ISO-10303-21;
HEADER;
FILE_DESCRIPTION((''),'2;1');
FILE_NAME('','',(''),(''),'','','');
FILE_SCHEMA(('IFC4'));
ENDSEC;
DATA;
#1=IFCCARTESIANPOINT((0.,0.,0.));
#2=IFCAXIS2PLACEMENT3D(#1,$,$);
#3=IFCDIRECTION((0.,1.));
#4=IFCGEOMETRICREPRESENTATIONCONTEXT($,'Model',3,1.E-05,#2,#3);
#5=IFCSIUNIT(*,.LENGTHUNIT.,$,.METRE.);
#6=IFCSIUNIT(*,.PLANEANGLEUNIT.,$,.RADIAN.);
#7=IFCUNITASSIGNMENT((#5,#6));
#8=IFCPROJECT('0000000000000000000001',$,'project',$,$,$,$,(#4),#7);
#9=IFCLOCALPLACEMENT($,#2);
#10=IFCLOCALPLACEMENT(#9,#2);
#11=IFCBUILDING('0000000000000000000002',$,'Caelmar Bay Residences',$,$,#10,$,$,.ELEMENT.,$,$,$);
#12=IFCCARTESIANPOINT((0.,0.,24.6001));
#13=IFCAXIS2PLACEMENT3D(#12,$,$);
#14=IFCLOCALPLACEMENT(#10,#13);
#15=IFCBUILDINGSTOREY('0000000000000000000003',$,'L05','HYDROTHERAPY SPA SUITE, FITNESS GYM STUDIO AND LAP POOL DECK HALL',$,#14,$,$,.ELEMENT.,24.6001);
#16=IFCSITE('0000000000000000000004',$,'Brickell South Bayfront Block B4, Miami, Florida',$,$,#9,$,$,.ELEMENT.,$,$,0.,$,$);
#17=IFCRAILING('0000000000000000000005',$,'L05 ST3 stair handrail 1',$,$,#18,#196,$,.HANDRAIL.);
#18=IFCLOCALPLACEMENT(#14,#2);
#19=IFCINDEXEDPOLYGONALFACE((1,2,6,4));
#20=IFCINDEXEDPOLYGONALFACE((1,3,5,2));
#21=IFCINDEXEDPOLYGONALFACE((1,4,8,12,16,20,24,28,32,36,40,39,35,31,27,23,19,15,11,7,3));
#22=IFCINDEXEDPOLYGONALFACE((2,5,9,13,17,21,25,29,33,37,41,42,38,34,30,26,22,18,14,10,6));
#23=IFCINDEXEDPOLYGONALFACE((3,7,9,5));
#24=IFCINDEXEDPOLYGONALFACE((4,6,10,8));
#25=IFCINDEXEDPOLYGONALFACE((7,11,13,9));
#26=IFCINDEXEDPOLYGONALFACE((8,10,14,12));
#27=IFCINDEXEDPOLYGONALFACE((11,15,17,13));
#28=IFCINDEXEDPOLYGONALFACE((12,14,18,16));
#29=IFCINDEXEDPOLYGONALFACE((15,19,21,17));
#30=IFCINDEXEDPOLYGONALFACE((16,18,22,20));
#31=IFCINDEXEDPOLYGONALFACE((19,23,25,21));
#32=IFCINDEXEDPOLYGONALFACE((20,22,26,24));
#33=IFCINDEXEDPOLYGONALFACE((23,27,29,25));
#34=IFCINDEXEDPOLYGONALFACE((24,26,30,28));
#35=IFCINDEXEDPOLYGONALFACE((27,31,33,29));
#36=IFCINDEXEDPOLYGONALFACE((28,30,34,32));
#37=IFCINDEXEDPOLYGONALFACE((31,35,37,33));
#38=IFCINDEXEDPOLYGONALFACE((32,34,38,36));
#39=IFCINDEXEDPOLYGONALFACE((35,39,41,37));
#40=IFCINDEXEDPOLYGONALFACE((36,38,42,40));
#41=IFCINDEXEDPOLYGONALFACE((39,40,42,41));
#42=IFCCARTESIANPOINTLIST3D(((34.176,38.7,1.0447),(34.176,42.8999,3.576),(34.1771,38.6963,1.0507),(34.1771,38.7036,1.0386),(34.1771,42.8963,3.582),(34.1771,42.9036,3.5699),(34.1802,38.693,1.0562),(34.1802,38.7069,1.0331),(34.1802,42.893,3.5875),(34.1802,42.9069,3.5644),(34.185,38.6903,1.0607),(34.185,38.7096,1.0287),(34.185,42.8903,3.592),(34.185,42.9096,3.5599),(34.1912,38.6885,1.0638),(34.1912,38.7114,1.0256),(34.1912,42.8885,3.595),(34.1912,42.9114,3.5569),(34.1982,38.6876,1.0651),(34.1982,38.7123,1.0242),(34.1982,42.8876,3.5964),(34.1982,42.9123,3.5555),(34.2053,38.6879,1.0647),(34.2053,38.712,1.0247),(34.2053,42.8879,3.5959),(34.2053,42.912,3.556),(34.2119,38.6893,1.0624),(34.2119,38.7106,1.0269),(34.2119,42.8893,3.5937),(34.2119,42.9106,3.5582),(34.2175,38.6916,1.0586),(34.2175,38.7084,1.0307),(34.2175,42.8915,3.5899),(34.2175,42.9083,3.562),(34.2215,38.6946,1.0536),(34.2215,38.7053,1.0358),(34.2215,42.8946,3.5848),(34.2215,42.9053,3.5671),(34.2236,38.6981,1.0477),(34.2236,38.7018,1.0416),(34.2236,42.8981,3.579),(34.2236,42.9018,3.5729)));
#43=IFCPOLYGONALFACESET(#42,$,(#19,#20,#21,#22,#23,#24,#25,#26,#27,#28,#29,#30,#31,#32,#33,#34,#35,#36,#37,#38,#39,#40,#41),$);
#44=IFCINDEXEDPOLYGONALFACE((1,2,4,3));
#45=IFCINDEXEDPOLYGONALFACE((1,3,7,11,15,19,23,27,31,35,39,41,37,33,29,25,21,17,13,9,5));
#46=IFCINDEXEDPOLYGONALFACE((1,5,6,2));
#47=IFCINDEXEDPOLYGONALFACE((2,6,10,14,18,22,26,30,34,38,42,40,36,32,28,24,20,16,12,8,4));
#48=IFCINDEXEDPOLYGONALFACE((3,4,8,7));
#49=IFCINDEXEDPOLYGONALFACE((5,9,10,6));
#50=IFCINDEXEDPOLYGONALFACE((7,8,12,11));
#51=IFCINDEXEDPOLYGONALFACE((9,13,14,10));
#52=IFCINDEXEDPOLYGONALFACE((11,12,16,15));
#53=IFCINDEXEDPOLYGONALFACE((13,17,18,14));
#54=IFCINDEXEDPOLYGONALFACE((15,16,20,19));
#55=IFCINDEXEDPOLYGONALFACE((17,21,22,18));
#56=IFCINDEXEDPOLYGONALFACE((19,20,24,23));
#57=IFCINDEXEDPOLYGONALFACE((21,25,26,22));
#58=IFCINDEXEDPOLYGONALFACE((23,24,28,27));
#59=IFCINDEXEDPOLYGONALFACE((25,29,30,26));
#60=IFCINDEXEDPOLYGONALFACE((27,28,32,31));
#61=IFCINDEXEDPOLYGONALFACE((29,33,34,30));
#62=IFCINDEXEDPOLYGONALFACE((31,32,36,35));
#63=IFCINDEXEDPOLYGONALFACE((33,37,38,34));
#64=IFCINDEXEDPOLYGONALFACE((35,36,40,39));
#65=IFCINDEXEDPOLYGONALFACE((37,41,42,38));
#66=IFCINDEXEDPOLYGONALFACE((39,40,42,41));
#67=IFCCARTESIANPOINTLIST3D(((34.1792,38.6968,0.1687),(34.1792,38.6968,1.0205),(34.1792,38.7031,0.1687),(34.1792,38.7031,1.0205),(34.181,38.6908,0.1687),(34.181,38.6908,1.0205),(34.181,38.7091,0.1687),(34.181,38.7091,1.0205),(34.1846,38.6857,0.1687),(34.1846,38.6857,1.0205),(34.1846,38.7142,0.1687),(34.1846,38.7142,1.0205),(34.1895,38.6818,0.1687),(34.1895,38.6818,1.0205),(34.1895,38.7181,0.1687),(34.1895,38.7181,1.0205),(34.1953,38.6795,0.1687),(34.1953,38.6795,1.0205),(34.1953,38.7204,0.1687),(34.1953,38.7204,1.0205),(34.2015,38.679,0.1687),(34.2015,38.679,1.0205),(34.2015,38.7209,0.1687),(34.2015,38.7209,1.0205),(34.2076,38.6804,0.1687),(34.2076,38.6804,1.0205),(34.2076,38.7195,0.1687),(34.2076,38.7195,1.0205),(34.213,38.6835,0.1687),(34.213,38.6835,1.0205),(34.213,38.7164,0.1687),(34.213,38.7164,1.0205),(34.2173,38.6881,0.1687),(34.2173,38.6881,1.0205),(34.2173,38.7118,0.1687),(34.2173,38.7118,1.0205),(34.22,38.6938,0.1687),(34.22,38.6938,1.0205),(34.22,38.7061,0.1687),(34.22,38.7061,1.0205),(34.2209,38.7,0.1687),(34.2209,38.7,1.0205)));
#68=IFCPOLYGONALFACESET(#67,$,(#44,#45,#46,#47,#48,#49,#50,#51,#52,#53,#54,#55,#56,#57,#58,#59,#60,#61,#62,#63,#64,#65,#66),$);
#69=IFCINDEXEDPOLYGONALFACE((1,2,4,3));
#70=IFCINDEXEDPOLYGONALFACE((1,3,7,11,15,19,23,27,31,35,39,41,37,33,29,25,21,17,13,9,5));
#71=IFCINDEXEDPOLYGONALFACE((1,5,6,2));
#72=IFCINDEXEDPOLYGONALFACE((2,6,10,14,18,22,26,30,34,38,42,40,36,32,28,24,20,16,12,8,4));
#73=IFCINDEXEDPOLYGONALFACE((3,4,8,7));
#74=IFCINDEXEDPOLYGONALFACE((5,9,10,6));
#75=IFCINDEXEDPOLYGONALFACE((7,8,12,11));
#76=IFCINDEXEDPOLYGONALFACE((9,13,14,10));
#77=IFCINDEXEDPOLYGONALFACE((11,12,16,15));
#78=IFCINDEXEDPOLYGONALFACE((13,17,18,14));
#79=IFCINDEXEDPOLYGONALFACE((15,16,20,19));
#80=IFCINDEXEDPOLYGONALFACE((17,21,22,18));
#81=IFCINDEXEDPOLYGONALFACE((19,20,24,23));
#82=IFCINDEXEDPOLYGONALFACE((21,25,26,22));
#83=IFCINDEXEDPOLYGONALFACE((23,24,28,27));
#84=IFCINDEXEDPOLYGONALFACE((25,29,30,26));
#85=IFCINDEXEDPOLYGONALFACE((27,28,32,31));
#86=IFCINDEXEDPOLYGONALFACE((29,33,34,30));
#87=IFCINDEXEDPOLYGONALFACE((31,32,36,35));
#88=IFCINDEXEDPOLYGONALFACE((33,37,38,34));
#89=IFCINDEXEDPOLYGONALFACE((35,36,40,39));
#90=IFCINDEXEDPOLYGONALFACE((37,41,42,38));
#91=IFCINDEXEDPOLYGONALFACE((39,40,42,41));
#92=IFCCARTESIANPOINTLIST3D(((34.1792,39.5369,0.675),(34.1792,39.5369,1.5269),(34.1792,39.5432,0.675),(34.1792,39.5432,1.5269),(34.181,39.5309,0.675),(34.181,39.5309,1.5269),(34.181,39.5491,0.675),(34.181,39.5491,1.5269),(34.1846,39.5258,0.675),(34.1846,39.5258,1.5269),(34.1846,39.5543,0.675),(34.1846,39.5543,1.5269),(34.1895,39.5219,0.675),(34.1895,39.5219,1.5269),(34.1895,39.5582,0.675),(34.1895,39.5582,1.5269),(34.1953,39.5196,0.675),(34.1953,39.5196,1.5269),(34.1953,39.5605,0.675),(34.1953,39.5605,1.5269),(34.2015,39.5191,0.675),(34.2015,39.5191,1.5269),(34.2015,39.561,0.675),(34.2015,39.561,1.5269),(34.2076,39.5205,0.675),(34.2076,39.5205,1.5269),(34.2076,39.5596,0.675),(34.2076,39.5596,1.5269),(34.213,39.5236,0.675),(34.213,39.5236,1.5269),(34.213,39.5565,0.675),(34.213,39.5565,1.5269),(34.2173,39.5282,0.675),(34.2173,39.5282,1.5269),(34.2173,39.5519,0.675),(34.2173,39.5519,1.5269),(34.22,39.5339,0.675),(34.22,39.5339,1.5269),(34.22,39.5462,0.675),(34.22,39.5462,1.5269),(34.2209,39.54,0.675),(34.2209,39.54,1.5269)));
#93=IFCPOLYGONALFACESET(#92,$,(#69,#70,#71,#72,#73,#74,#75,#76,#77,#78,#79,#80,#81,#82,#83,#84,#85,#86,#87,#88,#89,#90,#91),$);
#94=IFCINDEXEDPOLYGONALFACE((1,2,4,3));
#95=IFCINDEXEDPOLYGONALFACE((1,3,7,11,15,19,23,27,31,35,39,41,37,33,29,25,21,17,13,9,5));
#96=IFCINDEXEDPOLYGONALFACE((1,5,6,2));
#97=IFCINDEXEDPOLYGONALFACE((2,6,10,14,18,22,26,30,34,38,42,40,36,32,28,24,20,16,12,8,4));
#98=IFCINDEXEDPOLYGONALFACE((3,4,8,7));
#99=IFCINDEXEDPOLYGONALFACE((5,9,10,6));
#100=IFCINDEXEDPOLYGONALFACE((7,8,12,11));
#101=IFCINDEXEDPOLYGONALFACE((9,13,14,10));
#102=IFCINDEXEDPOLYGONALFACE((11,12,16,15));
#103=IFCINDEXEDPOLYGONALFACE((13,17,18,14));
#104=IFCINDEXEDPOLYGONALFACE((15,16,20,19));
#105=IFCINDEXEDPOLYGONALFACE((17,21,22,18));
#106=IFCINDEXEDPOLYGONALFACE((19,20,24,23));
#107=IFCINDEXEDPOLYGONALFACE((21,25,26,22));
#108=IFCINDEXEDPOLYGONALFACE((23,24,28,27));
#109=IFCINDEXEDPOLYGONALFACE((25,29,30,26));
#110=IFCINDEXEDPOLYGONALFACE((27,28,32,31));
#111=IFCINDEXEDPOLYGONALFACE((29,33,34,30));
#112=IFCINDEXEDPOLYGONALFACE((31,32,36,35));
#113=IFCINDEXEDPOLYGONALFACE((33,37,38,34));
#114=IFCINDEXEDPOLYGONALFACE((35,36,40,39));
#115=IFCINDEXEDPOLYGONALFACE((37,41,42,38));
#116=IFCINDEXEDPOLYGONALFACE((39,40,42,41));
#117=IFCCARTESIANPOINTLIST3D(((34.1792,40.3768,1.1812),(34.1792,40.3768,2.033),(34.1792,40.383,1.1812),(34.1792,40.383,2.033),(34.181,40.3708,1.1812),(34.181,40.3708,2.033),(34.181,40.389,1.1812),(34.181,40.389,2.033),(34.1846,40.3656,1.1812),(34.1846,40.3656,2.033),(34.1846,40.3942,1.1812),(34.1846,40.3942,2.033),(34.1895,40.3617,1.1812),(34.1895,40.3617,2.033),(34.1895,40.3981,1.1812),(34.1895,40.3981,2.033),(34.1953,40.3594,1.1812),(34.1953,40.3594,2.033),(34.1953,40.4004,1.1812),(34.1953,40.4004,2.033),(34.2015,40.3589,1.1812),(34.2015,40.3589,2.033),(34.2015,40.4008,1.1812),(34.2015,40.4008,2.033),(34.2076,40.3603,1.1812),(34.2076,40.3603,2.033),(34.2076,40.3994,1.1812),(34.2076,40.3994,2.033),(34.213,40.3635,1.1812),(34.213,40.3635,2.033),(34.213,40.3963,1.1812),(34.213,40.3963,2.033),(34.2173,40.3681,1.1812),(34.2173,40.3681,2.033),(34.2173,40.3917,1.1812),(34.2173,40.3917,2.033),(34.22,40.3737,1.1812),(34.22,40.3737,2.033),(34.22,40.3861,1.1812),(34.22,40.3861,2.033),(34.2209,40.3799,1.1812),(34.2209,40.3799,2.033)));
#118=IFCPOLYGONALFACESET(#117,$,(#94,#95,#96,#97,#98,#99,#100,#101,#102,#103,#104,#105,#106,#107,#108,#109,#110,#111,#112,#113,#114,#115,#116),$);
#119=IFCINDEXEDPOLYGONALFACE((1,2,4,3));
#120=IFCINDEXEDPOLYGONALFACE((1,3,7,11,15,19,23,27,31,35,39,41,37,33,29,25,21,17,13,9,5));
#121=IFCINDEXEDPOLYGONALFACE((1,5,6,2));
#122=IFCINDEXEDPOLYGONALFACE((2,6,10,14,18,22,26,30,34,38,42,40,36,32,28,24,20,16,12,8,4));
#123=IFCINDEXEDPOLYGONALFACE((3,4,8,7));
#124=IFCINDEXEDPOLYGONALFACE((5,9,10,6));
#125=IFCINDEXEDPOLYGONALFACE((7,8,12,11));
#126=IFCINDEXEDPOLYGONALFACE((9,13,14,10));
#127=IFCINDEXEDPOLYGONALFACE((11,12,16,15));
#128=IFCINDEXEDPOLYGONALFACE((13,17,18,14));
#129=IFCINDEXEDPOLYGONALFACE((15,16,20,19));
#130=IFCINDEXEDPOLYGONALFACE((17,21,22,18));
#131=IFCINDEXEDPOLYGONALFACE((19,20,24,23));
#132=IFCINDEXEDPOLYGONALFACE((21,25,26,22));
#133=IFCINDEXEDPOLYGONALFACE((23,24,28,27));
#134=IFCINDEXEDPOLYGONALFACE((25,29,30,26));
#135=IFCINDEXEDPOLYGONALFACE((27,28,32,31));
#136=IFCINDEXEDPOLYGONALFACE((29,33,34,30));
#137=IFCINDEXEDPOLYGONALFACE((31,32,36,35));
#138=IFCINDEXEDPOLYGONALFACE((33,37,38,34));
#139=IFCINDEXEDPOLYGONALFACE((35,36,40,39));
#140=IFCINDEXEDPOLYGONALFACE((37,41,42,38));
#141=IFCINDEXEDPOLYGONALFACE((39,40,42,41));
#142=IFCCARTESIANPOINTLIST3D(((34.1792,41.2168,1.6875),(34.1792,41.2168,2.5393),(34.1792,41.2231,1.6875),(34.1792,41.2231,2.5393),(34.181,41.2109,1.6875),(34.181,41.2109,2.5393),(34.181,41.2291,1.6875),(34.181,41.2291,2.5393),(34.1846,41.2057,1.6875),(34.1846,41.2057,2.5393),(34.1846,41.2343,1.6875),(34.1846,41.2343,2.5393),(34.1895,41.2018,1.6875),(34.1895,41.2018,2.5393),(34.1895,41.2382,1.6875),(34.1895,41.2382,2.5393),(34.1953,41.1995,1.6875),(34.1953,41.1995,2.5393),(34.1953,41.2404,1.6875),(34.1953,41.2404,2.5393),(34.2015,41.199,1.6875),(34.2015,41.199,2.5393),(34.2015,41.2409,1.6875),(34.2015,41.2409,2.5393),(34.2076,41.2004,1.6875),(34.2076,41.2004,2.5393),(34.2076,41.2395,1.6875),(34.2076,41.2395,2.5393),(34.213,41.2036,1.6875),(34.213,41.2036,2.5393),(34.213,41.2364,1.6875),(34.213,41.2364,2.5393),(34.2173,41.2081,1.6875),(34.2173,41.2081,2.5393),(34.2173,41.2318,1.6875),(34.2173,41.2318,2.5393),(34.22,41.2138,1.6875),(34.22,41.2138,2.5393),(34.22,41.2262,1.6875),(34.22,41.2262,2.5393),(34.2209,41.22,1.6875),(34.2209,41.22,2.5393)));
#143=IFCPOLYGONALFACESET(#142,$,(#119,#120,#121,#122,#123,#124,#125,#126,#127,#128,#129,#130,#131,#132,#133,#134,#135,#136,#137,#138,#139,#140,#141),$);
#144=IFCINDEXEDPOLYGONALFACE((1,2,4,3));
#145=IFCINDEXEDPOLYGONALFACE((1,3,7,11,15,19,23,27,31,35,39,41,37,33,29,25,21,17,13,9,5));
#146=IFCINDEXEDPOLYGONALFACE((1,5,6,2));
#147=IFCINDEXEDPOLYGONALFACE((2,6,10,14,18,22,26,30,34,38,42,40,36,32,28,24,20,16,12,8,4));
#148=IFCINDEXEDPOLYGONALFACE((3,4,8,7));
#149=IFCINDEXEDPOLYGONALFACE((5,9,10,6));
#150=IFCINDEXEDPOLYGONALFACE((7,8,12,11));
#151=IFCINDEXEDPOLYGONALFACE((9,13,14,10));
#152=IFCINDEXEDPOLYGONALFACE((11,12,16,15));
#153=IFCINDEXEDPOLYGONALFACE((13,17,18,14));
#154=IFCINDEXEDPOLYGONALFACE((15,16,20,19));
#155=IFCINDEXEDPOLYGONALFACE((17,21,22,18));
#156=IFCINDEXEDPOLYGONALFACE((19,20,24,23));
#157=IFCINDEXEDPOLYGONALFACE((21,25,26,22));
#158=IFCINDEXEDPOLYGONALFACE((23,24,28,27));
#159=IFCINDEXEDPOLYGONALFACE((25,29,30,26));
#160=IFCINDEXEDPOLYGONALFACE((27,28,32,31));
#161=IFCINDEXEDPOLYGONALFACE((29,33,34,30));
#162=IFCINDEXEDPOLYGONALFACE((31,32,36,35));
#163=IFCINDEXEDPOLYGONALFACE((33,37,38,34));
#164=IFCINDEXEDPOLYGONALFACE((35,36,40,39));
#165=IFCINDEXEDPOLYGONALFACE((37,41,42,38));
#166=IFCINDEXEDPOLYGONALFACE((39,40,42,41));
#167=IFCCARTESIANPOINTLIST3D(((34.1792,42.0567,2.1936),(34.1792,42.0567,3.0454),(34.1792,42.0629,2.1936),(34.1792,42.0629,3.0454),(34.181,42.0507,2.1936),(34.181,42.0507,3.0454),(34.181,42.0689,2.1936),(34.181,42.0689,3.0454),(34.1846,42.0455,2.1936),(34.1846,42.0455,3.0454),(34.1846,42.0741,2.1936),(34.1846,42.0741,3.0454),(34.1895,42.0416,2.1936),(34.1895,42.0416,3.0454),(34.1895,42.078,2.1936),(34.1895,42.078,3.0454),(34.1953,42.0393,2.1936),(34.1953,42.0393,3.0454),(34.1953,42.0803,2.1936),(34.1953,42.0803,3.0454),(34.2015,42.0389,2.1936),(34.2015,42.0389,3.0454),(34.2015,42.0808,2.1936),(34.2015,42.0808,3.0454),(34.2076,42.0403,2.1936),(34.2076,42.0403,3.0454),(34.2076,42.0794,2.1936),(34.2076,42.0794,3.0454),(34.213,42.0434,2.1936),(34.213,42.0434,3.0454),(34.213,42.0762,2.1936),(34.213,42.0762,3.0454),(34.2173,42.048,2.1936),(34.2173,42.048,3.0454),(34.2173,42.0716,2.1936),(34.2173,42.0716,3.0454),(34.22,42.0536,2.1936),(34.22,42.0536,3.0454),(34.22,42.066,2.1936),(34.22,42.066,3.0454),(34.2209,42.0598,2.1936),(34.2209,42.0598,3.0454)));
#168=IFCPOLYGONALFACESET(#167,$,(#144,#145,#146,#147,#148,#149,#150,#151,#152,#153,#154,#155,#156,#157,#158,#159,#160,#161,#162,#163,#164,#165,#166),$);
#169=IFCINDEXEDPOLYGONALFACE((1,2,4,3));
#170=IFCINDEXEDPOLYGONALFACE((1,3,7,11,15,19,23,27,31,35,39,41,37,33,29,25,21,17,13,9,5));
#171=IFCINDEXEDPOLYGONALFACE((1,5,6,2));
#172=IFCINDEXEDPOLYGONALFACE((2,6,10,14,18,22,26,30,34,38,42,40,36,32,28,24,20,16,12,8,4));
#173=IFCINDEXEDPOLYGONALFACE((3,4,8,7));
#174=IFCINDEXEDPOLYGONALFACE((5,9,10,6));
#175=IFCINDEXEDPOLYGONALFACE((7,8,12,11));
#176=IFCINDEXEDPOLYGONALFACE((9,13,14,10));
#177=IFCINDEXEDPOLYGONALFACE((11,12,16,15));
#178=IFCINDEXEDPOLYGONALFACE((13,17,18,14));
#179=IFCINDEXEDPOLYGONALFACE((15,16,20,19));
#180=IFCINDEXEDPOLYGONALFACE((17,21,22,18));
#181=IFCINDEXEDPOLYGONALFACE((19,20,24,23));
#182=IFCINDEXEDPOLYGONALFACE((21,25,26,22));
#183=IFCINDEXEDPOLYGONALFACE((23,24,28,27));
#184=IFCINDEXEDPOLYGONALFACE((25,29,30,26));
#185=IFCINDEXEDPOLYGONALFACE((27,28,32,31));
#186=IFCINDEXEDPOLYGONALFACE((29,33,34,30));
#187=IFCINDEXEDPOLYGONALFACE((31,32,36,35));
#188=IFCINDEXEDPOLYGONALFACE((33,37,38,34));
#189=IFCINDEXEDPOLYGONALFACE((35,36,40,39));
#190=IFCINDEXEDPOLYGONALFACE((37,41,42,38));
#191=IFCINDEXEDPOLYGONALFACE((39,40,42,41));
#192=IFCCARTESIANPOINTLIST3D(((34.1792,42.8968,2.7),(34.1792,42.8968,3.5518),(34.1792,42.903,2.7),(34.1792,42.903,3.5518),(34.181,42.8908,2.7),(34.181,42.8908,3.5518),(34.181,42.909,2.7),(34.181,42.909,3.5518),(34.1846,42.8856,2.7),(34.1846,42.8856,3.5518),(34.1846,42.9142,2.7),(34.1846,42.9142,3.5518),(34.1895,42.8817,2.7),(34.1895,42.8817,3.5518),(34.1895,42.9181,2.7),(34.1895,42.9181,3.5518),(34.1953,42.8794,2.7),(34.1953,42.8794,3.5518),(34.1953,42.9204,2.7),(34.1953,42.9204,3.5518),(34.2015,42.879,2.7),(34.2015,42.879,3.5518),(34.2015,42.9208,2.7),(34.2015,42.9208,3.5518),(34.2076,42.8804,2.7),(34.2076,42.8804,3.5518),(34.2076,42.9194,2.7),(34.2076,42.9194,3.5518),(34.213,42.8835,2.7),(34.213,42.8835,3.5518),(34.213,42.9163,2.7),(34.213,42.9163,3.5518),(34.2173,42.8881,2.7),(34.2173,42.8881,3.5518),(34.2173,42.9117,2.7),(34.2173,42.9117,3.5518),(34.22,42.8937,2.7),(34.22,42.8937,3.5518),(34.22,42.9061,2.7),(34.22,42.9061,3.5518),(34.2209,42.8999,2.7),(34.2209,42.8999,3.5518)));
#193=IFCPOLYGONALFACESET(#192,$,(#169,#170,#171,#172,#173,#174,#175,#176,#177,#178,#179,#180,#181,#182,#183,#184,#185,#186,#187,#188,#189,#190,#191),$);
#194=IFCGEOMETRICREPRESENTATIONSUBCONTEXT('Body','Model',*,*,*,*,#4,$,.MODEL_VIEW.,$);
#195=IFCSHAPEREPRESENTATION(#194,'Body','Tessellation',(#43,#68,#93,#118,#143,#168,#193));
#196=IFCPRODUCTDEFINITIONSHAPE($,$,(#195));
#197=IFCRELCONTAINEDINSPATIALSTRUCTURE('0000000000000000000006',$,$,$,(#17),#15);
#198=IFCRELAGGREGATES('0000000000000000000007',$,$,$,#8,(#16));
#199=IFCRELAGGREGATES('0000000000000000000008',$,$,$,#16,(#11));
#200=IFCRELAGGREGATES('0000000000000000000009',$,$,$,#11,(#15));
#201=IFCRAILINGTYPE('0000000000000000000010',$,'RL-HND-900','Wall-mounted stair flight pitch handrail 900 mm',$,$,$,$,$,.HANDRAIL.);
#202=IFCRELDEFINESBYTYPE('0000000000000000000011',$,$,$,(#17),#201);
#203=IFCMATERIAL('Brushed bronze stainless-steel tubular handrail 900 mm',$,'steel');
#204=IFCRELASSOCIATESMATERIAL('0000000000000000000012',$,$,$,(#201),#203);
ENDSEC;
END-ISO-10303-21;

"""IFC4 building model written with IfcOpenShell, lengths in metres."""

from ifc_helpers import new_model, si_unit, direction, frame, origin, origin_2d, place, context, subcontext, project, spatial, circle, extrude, material, type_object, element, save


model = new_model("IFC4")

# Units and contexts
model_context = context("Model", 3, precision=1e-05, world=origin(), true_north=direction((0.0, 1.0)))
body_context = subcontext(model_context, "Body", "Model", "MODEL_VIEW")
ifc_project = project(units=[si_unit("LENGTHUNIT", "METRE"), si_unit("PLANEANGLEUNIT", "RADIAN")], contexts=[model_context])

# Site, building, storey
site_placement = place(None, origin())
site = spatial("IfcSite", under=ifc_project, at=site_placement, Name="Brickell South Bayfront Block B4, Miami, Florida", CompositionType="ELEMENT", RefElevation=0.0)
building_placement = place(site_placement, origin())
building = spatial("IfcBuilding", under=site, at=building_placement, Name="Caelmar Bay Residences", CompositionType="ELEMENT")
storey_placement = place(building_placement, frame((0.0, 0.0, 24.6001)))
storey = spatial("IfcBuildingStorey", under=building, at=storey_placement, Name="L05", Description="HYDROTHERAPY SPA SUITE, FITNESS GYM STUDIO AND LAP POOL DECK HALL", CompositionType="ELEMENT", Elevation=24.6001)

# Railing
ifc_material_1 = material(Name="Brushed bronze stainless-steel tubular handrail 900 mm", Category="steel")
railing_type_1 = type_object("IfcRailingType", Name="RL-HND-900", Description="Wall-mounted stair flight pitch handrail 900 mm", PredefinedType="HANDRAIL", material=ifc_material_1)
railing_1_placement = place(storey_placement, frame((34.2, 38.7, 0.1687)))
element("IfcRailing", 1, at=railing_1_placement, inside=storey, type_object=railing_type_1, Name="L05 ST3 stair handrail 1", PredefinedType="HANDRAIL", context=body_context, shape_type="SweptSolid", body=[
    extrude(circle(Radius=0.0239, at=origin_2d()), frame((0.0, 0.0, 0.876), z_axis=(0.0, 0.856476, 0.516186), x_axis=(-1.0, 0.0, 0.0)), (0.0, 0.0, 1.0), 4.9038),
    extrude(circle(Radius=0.021, at=origin_2d()), origin(), (0.0, 0.0, 1.0), 0.8518),
    extrude(circle(Radius=0.021, at=origin_2d()), frame((0.0, 0.8401, 0.5063)), (0.0, 0.0, 1.0), 0.8518),
    extrude(circle(Radius=0.021, at=origin_2d()), frame((0.0, 1.6799, 1.0125)), (0.0, 0.0, 1.0), 0.8518),
    extrude(circle(Radius=0.021, at=origin_2d()), frame((0.0, 2.52, 1.5188)), (0.0, 0.0, 1.0), 0.8518),
    extrude(circle(Radius=0.021, at=origin_2d()), frame((0.0, 3.3599, 2.0249)), (0.0, 0.0, 1.0), 0.8518),
    extrude(circle(Radius=0.021, at=origin_2d()), frame((0.0, 4.2, 2.5312)), (0.0, 0.0, 1.0), 0.8518),
])

save(model, "model.ifc")
